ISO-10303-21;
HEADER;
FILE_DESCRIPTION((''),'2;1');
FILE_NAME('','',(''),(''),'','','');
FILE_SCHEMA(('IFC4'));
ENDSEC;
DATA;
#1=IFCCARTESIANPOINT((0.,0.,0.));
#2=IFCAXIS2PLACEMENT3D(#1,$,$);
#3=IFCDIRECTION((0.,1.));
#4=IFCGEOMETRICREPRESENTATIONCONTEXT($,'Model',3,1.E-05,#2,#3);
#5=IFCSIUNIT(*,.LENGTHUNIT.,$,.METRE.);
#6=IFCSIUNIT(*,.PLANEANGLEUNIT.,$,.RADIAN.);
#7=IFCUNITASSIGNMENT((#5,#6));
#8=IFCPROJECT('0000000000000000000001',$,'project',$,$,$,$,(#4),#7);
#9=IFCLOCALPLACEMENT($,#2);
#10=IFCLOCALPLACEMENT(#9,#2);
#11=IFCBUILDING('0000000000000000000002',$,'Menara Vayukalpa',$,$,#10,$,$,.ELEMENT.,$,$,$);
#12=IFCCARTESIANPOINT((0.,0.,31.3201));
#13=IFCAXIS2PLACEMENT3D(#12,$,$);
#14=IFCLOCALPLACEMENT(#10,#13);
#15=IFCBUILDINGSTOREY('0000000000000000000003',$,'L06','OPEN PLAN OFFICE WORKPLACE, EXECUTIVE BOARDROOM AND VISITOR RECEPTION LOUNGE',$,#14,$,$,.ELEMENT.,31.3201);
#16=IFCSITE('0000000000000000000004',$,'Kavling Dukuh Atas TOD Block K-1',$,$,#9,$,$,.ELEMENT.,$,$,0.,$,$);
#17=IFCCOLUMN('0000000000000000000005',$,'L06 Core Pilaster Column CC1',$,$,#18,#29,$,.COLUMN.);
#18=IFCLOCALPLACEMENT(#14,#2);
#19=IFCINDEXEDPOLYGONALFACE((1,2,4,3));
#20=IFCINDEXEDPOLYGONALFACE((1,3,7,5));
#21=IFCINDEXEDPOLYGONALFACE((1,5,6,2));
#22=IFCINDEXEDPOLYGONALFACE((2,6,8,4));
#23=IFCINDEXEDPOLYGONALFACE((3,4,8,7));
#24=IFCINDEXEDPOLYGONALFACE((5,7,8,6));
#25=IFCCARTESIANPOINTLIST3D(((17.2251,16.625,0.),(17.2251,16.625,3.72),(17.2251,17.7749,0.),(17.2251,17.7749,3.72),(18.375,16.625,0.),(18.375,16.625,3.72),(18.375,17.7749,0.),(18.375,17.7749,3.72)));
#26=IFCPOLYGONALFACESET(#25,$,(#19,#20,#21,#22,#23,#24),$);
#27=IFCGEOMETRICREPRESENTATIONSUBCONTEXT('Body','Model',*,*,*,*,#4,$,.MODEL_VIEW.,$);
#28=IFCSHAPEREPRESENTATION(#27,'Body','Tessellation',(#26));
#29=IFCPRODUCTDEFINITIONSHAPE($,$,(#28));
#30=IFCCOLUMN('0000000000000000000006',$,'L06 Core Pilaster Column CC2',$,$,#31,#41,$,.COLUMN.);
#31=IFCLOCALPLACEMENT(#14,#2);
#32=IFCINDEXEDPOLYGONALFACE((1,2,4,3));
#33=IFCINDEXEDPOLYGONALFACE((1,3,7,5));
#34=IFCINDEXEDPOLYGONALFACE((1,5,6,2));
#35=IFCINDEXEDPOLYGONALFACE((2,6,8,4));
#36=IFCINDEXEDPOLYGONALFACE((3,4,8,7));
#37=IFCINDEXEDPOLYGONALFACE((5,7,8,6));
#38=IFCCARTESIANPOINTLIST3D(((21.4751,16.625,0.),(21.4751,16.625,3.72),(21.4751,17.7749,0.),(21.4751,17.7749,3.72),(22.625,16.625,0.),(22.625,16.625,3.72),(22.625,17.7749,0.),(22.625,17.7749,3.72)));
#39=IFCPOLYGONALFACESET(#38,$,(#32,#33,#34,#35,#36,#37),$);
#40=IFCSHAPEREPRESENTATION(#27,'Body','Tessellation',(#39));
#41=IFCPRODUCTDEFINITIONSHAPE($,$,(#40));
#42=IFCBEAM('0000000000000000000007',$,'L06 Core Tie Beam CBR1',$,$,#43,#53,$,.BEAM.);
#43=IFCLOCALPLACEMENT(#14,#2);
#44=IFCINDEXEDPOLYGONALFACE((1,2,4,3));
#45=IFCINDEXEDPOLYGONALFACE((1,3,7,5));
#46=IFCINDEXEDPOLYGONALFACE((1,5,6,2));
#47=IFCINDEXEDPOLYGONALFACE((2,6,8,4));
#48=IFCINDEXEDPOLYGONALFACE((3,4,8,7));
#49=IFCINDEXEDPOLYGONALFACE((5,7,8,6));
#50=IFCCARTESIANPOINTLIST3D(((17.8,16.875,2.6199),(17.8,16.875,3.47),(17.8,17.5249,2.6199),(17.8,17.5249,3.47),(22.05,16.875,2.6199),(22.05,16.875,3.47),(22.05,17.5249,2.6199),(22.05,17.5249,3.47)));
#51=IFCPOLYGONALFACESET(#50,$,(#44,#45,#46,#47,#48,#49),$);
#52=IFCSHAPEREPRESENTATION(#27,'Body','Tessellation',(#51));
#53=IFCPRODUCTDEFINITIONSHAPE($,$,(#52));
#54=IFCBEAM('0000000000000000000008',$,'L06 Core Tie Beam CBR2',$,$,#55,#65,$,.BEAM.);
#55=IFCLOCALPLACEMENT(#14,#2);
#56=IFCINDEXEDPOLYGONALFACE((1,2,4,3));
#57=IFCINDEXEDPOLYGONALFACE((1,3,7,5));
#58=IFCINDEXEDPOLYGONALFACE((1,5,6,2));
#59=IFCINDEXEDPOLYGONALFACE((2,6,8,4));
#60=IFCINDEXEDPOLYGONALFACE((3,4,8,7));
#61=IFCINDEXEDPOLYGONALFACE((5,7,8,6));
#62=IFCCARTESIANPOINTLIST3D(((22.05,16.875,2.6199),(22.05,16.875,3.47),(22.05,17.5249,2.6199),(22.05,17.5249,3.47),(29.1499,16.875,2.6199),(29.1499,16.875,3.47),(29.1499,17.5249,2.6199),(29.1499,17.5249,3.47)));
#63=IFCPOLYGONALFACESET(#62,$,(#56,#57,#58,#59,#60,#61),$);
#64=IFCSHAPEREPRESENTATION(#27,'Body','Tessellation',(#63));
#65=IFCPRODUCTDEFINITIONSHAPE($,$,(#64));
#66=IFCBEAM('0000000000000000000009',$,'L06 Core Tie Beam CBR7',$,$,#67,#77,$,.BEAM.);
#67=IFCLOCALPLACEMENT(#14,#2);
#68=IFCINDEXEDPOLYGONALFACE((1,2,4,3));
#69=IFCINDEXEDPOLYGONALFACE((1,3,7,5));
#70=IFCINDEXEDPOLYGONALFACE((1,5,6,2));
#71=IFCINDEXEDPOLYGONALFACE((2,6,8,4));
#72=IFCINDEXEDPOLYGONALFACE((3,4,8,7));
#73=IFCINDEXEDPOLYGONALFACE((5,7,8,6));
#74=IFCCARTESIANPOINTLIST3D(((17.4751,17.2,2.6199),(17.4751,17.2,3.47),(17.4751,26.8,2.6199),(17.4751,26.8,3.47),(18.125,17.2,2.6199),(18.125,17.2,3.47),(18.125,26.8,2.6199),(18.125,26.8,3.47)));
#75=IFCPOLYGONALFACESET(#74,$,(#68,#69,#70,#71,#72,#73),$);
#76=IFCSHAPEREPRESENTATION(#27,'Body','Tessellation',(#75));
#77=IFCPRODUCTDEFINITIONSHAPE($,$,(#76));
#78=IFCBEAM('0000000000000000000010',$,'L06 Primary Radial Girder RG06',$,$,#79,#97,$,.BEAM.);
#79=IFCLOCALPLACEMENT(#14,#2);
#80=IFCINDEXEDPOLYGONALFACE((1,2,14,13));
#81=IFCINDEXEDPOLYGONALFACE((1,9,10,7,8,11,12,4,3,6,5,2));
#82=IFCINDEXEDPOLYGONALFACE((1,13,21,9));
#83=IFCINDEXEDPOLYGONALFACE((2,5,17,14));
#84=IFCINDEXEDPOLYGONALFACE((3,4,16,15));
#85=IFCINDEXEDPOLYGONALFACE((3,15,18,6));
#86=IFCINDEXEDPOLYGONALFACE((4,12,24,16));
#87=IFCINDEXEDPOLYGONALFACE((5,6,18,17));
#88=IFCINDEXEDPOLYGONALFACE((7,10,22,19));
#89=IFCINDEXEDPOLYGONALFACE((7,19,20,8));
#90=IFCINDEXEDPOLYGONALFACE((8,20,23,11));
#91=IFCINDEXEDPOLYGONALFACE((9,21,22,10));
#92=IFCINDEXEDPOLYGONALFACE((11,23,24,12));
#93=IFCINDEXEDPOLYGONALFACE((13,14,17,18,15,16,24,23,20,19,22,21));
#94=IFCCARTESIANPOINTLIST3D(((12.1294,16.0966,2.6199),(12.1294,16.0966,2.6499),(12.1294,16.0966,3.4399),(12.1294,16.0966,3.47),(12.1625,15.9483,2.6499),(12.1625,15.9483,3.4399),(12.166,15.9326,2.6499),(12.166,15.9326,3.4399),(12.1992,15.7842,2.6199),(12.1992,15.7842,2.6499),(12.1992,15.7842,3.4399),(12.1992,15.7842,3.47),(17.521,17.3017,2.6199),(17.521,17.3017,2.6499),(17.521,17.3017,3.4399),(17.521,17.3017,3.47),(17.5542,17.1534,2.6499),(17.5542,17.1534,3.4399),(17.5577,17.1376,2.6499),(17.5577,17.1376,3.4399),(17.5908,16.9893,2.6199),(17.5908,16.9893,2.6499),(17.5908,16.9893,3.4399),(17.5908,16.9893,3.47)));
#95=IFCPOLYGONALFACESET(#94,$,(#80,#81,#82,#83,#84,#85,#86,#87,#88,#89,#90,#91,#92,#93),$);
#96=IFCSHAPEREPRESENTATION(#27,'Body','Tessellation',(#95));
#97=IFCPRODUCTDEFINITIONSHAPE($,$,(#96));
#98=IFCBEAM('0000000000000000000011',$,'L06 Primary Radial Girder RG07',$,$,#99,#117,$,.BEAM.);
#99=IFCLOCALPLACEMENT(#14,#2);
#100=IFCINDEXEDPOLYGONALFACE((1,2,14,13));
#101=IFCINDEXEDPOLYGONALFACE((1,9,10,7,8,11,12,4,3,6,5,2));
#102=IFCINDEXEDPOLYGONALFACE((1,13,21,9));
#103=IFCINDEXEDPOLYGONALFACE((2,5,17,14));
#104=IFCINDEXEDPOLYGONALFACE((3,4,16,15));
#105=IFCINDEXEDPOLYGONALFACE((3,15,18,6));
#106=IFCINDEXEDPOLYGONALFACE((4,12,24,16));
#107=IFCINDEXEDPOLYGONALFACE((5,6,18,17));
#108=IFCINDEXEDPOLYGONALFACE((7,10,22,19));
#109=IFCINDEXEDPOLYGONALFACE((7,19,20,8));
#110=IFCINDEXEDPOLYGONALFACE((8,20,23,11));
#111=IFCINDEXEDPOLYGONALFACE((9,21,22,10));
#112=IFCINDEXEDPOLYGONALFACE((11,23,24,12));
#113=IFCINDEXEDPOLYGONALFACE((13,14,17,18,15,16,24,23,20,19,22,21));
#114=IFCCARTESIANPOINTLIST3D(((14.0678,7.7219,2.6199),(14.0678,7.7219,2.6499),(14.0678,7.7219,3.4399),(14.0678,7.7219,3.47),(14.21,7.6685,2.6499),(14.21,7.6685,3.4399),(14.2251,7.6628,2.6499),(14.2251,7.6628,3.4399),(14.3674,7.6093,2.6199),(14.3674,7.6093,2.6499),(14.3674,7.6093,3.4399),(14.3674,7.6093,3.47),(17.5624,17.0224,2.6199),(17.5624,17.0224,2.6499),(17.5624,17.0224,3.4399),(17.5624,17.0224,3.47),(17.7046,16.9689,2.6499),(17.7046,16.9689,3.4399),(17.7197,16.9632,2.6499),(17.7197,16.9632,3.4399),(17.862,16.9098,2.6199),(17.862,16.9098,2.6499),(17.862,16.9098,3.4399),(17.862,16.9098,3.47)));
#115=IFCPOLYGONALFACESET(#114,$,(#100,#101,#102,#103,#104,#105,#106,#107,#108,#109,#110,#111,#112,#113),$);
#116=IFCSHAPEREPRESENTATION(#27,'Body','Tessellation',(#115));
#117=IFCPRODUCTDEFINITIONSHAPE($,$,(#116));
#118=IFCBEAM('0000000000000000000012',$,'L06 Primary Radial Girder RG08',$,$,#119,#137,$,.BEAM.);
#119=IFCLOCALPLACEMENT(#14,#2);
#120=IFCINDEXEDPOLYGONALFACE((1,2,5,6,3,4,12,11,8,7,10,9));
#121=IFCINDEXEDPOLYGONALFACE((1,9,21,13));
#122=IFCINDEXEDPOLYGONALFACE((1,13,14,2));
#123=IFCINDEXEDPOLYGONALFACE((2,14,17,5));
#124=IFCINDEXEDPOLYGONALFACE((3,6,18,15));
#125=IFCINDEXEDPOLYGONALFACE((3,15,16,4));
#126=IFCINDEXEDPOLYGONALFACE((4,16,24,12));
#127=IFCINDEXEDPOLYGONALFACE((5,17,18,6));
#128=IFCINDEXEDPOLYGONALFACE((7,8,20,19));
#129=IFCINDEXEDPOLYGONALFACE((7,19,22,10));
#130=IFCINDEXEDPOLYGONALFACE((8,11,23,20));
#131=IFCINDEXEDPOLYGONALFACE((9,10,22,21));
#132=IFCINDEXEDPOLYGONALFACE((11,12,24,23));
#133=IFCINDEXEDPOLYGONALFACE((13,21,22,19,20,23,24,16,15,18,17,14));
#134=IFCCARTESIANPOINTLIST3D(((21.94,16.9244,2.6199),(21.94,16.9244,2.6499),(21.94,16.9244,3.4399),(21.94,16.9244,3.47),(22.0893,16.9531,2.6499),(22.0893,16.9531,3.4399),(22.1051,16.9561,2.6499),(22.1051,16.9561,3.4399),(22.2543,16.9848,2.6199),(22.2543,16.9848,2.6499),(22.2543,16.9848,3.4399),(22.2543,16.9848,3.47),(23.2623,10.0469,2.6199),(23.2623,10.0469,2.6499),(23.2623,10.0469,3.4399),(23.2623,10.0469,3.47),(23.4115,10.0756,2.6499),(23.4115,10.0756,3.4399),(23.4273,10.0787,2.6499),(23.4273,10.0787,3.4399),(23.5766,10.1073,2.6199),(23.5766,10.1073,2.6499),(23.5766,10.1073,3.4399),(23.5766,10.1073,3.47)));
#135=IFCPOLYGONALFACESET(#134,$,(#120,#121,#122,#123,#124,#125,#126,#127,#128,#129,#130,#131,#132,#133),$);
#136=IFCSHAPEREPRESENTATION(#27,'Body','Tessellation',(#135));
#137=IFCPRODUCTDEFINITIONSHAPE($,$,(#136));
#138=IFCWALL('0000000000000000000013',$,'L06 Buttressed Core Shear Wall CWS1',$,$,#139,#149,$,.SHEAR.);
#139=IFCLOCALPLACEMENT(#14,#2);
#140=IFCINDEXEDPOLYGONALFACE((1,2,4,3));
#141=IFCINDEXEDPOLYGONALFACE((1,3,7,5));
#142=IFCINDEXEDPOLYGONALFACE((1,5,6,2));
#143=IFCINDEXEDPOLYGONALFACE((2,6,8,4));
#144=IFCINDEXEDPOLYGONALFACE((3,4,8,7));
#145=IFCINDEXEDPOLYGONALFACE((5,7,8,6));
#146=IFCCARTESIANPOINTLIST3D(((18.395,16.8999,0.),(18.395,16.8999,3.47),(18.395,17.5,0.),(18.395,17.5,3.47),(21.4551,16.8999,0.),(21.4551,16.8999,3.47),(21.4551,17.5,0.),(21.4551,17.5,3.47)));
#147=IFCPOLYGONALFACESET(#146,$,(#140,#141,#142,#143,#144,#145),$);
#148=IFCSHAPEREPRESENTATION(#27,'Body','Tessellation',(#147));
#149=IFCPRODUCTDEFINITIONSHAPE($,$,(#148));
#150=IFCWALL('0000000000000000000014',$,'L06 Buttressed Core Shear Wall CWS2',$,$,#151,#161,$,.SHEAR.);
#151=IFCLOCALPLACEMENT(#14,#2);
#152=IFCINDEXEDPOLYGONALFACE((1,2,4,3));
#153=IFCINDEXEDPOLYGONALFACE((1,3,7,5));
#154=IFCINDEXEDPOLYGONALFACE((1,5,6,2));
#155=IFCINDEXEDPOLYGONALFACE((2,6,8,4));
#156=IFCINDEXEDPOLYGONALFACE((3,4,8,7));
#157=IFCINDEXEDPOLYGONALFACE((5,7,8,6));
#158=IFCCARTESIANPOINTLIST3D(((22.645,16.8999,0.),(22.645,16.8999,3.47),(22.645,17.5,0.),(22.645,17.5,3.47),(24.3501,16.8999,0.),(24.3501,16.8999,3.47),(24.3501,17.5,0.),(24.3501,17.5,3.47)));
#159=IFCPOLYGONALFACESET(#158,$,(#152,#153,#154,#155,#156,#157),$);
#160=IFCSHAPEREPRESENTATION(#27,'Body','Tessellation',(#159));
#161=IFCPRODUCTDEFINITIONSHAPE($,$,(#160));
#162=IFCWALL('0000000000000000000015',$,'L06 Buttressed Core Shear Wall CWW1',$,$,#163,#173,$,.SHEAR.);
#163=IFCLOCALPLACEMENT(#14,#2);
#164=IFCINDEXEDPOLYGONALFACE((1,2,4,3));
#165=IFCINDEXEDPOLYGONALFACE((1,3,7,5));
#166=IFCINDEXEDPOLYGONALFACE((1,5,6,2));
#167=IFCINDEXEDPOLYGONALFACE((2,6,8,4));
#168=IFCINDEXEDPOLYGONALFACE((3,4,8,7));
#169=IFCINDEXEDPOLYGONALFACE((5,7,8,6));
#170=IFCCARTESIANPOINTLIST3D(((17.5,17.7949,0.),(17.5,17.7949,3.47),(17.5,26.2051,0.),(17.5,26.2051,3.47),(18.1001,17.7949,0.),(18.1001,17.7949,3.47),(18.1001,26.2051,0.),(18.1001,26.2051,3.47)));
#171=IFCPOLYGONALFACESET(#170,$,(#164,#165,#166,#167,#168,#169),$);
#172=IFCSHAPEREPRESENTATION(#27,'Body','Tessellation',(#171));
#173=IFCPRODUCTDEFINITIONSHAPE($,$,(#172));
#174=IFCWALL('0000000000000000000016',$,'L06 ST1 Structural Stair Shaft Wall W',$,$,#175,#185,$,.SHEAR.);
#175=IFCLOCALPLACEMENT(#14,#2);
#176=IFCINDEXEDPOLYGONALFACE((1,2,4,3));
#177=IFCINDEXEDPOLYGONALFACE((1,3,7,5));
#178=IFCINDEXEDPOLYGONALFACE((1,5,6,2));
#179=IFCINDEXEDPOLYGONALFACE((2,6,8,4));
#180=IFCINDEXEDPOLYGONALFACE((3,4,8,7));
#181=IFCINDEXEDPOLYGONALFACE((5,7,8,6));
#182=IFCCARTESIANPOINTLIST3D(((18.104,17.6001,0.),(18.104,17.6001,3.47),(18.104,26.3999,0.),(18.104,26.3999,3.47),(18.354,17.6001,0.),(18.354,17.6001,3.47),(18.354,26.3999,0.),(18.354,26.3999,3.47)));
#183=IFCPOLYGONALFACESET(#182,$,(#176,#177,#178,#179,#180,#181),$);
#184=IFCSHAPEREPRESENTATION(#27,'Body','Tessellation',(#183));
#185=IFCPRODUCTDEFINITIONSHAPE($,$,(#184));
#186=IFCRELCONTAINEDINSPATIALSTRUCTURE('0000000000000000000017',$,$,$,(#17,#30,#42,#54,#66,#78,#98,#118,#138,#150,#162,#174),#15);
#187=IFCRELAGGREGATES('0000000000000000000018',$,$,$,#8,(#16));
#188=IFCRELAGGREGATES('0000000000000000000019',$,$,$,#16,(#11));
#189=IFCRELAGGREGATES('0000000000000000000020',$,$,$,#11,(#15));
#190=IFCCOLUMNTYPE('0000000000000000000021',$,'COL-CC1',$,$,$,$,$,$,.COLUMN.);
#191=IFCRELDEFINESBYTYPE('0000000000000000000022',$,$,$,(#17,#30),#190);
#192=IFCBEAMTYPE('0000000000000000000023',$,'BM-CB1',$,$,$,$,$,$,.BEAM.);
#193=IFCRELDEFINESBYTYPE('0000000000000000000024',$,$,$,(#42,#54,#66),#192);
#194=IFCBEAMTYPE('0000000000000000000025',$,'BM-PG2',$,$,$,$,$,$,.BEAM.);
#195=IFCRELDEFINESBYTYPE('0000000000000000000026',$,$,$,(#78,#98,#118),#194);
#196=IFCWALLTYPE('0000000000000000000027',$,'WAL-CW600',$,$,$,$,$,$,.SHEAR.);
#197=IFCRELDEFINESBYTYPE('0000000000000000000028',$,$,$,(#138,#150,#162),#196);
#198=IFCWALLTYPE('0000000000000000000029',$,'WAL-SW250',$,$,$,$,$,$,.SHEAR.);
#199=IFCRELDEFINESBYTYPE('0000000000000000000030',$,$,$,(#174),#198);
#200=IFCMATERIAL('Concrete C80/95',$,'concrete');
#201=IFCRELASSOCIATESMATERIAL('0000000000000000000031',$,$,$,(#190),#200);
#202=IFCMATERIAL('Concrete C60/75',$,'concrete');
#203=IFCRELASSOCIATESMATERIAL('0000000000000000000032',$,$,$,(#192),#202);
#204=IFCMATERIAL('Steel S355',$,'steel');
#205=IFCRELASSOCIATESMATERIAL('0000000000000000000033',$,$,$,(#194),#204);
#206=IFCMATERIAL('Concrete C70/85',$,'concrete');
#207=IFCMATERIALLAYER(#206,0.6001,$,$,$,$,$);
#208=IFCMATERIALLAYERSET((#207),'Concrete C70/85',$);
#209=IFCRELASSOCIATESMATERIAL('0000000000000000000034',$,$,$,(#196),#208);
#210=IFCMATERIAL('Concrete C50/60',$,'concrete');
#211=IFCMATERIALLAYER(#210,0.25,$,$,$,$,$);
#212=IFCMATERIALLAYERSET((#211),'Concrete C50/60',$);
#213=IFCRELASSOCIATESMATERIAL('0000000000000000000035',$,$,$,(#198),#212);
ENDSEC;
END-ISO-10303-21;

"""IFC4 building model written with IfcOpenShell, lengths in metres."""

from ifc_helpers import new_model, si_unit, direction, frame, frame_2d, origin, origin_2d, place, context, subcontext, project, spatial, rectangle, i_section, extrude, material, layer, layer_set, material_profile, profile_set, type_object, element, save


model = new_model("IFC4")

# Units and contexts
model_context = context("Model", 3, precision=1e-05, world=origin(), true_north=direction((0.0, 1.0)))
body_context = subcontext(model_context, "Body", "Model", "MODEL_VIEW")
ifc_project = project(units=[si_unit("LENGTHUNIT", "METRE"), si_unit("PLANEANGLEUNIT", "RADIAN")], contexts=[model_context])

# Site, building, storey
site_placement = place(None, origin())
site = spatial("IfcSite", under=ifc_project, at=site_placement, Name="Kavling Dukuh Atas TOD Block K-1", CompositionType="ELEMENT", RefElevation=0.0)
building_placement = place(site_placement, origin())
building = spatial("IfcBuilding", under=site, at=building_placement, Name="Menara Vayukalpa", CompositionType="ELEMENT")
storey_placement = place(building_placement, frame((0.0, 0.0, 31.3201)))
storey = spatial("IfcBuildingStorey", under=building, at=storey_placement, Name="L06", Description="OPEN PLAN OFFICE WORKPLACE, EXECUTIVE BOARDROOM AND VISITOR RECEPTION LOUNGE", CompositionType="ELEMENT", Elevation=31.3201)

# Columns
ifc_material_1 = material(Name="Concrete C80/95", Category="concrete")
ifc_material_profile_1 = material_profile(ifc_material_1, rectangle(XDim=1.1499, YDim=1.1499, at=origin_2d()), Name="RC 1150x1150")
ifc_profile_set_1 = profile_set([ifc_material_profile_1], Name="Concrete C80/95")
column_type = type_object("IfcColumnType", Name="COL-CC1", PredefinedType="COLUMN", material=ifc_profile_set_1)
for number, where, z_axis, x_axis, name in (
    (1, (17.8, 17.2, 0.0), (0.0, 0.0, 1.0), (1.0, 0.0, 0.0), "L06 Core Pilaster Column CC1"),
    (2, (22.05, 17.2, 0.0), (0.0, 0.0, 1.0), (1.0, 0.0, 0.0), "L06 Core Pilaster Column CC2"),
):
    element("IfcColumn", number, at=place(storey_placement, frame(where, z_axis=z_axis, x_axis=x_axis)), inside=storey, type_object=column_type, Name=name, PredefinedType="COLUMN", context=body_context, shape_type="SweptSolid", body=[
        extrude(rectangle(XDim=1.1499, YDim=1.1499, at=origin_2d()), origin(), (0.0, 0.0, 1.0), 3.72),
    ])

# Beams
ifc_material_2 = material(Name="Concrete C60/75", Category="concrete")
ifc_material_profile_2 = material_profile(ifc_material_2, rectangle(XDim=0.6499, YDim=0.8501, at=origin_2d()), Name="RC 650x850")
ifc_profile_set_2 = profile_set([ifc_material_profile_2], Name="Concrete C60/75")
beam_type_1 = type_object("IfcBeamType", Name="BM-CB1", PredefinedType="BEAM", material=ifc_profile_set_2)
beam_1_placement = place(storey_placement, frame((17.8, 17.2, 3.0449), z_axis=(1.0, 0.0, 0.0), x_axis=(0.0, 1.0, 0.0)))
element("IfcBeam", 3, at=beam_1_placement, inside=storey, type_object=beam_type_1, Name="L06 Core Tie Beam CBR1", PredefinedType="BEAM", context=body_context, shape_type="SweptSolid", body=[
    extrude(rectangle(XDim=0.6499, YDim=0.8501, at=origin_2d()), origin(), (0.0, 0.0, 1.0), 4.25),
])
beam_2_placement = place(storey_placement, frame((22.05, 17.2, 3.0449), z_axis=(1.0, 0.0, 0.0), x_axis=(0.0, 1.0, 0.0)))
element("IfcBeam", 4, at=beam_2_placement, inside=storey, type_object=beam_type_1, Name="L06 Core Tie Beam CBR2", PredefinedType="BEAM", context=body_context, shape_type="SweptSolid", body=[
    extrude(rectangle(XDim=0.6499, YDim=0.8501, at=origin_2d()), origin(), (0.0, 0.0, 1.0), 7.0999),
])
beam_3_placement = place(storey_placement, frame((17.8, 17.2, 3.0449), z_axis=(0.0, 1.0, 0.0), x_axis=(-1.0, 0.0, 0.0)))
element("IfcBeam", 5, at=beam_3_placement, inside=storey, type_object=beam_type_1, Name="L06 Core Tie Beam CBR7", PredefinedType="BEAM", context=body_context, shape_type="SweptSolid", body=[
    extrude(rectangle(XDim=0.6499, YDim=0.8501, at=origin_2d()), origin(), (0.0, 0.0, 1.0), 9.6001),
])
ifc_material_3 = material(Name="Steel S355", Category="steel")
ifc_material_profile_3 = material_profile(ifc_material_3, i_section(OverallWidth=0.3201, OverallDepth=0.8501, WebThickness=0.0161, FlangeThickness=0.03, at=origin_2d()), Name="WF 850x320x16x30")
ifc_profile_set_3 = profile_set([ifc_material_profile_3], Name="Steel S355")
beam_type_2 = type_object("IfcBeamType", Name="BM-PG2", PredefinedType="BEAM", material=ifc_profile_set_3)
beam_4_placement = place(storey_placement, frame((17.5559, 17.1455, 3.0449), z_axis=(-0.97592, -0.218128, 0.0), x_axis=(0.218128, -0.97592, 0.0)))
element("IfcBeam", 6, at=beam_4_placement, inside=storey, type_object=beam_type_2, Name="L06 Primary Radial Girder RG06", PredefinedType="BEAM", context=body_context, shape_type="SweptSolid", body=[
    extrude(i_section(OverallWidth=0.3201, OverallDepth=0.8501, WebThickness=0.0161, FlangeThickness=0.03, at=origin_2d()), origin(), (0.0, 0.0, 1.0), 5.5247),
])
beam_5_placement = place(storey_placement, frame((17.7122, 16.9661, 3.0449), z_axis=(-0.351735, -0.9361, 0.0), x_axis=(0.9361, -0.351735, 0.0)))
element("IfcBeam", 7, at=beam_5_placement, inside=storey, type_object=beam_type_2, Name="L06 Primary Radial Girder RG07", PredefinedType="BEAM", context=body_context, shape_type="SweptSolid", body=[
    extrude(i_section(OverallWidth=0.3201, OverallDepth=0.8501, WebThickness=0.0161, FlangeThickness=0.03, at=origin_2d()), origin(), (0.0, 0.0, 1.0), 9.9353),
])
beam_6_placement = place(storey_placement, frame((22.0972, 16.9546, 3.0449), z_axis=(0.188803, -0.982015, 0.0), x_axis=(0.982015, 0.188803, 0.0)))
element("IfcBeam", 8, at=beam_6_placement, inside=storey, type_object=beam_type_2, Name="L06 Primary Radial Girder RG08", PredefinedType="BEAM", context=body_context, shape_type="SweptSolid", body=[
    extrude(i_section(OverallWidth=0.3201, OverallDepth=0.8501, WebThickness=0.0161, FlangeThickness=0.03, at=origin_2d()), origin(), (0.0, 0.0, 1.0), 7.0034),
])

# Walls
ifc_material_4 = material(Name="Concrete C70/85", Category="concrete")
ifc_layer_1 = layer(ifc_material_4, 0.6001)
ifc_layer_set_1 = layer_set([ifc_layer_1], Name="Concrete C70/85")
wall_type_1 = type_object("IfcWallType", Name="WAL-CW600", PredefinedType="SHEAR", material=ifc_layer_set_1)
wall_1_placement = place(storey_placement, frame((18.395, 17.2, 0.0), z_axis=(0.0, 0.0, 1.0), x_axis=(1.0, 0.0, 0.0)))
element("IfcWall", 9, at=wall_1_placement, inside=storey, type_object=wall_type_1, Name="L06 Buttressed Core Shear Wall CWS1", PredefinedType="SHEAR", context=body_context, shape_type="SweptSolid", body=[
    extrude(rectangle(XDim=3.0601, YDim=0.6001, at=frame_2d((1.53, 0.0))), origin(), (0.0, 0.0, 1.0), 3.47),
])
wall_2_placement = place(storey_placement, frame((22.645, 17.2, 0.0), z_axis=(0.0, 0.0, 1.0), x_axis=(1.0, 0.0, 0.0)))
element("IfcWall", 10, at=wall_2_placement, inside=storey, type_object=wall_type_1, Name="L06 Buttressed Core Shear Wall CWS2", PredefinedType="SHEAR", context=body_context, shape_type="SweptSolid", body=[
    extrude(rectangle(XDim=1.7051, YDim=0.6001, at=frame_2d((0.8525, 0.0))), origin(), (0.0, 0.0, 1.0), 3.47),
])
wall_3_placement = place(storey_placement, frame((17.8, 17.7949, 0.0), z_axis=(0.0, 0.0, 1.0), x_axis=(0.0, 1.0, 0.0)))
element("IfcWall", 11, at=wall_3_placement, inside=storey, type_object=wall_type_1, Name="L06 Buttressed Core Shear Wall CWW1", PredefinedType="SHEAR", context=body_context, shape_type="SweptSolid", body=[
    extrude(rectangle(XDim=8.4102, YDim=0.6001, at=frame_2d((4.2051, 0.0))), origin(), (0.0, 0.0, 1.0), 3.47),
])
ifc_material_5 = material(Name="Concrete C50/60", Category="concrete")
ifc_layer_2 = layer(ifc_material_5, 0.25)
ifc_layer_set_2 = layer_set([ifc_layer_2], Name="Concrete C50/60")
wall_type_2 = type_object("IfcWallType", Name="WAL-SW250", PredefinedType="SHEAR", material=ifc_layer_set_2)
wall_4_placement = place(storey_placement, frame((18.229, 17.6001, 0.0), z_axis=(0.0, 0.0, 1.0), x_axis=(0.0, 1.0, 0.0)))
element("IfcWall", 12, at=wall_4_placement, inside=storey, type_object=wall_type_2, Name="L06 ST1 Structural Stair Shaft Wall W", PredefinedType="SHEAR", context=body_context, shape_type="SweptSolid", body=[
    extrude(rectangle(XDim=8.7998, YDim=0.25, at=frame_2d((4.3999, 0.0))), origin(), (0.0, 0.0, 1.0), 3.47),
])

save(model, "model.ifc")
